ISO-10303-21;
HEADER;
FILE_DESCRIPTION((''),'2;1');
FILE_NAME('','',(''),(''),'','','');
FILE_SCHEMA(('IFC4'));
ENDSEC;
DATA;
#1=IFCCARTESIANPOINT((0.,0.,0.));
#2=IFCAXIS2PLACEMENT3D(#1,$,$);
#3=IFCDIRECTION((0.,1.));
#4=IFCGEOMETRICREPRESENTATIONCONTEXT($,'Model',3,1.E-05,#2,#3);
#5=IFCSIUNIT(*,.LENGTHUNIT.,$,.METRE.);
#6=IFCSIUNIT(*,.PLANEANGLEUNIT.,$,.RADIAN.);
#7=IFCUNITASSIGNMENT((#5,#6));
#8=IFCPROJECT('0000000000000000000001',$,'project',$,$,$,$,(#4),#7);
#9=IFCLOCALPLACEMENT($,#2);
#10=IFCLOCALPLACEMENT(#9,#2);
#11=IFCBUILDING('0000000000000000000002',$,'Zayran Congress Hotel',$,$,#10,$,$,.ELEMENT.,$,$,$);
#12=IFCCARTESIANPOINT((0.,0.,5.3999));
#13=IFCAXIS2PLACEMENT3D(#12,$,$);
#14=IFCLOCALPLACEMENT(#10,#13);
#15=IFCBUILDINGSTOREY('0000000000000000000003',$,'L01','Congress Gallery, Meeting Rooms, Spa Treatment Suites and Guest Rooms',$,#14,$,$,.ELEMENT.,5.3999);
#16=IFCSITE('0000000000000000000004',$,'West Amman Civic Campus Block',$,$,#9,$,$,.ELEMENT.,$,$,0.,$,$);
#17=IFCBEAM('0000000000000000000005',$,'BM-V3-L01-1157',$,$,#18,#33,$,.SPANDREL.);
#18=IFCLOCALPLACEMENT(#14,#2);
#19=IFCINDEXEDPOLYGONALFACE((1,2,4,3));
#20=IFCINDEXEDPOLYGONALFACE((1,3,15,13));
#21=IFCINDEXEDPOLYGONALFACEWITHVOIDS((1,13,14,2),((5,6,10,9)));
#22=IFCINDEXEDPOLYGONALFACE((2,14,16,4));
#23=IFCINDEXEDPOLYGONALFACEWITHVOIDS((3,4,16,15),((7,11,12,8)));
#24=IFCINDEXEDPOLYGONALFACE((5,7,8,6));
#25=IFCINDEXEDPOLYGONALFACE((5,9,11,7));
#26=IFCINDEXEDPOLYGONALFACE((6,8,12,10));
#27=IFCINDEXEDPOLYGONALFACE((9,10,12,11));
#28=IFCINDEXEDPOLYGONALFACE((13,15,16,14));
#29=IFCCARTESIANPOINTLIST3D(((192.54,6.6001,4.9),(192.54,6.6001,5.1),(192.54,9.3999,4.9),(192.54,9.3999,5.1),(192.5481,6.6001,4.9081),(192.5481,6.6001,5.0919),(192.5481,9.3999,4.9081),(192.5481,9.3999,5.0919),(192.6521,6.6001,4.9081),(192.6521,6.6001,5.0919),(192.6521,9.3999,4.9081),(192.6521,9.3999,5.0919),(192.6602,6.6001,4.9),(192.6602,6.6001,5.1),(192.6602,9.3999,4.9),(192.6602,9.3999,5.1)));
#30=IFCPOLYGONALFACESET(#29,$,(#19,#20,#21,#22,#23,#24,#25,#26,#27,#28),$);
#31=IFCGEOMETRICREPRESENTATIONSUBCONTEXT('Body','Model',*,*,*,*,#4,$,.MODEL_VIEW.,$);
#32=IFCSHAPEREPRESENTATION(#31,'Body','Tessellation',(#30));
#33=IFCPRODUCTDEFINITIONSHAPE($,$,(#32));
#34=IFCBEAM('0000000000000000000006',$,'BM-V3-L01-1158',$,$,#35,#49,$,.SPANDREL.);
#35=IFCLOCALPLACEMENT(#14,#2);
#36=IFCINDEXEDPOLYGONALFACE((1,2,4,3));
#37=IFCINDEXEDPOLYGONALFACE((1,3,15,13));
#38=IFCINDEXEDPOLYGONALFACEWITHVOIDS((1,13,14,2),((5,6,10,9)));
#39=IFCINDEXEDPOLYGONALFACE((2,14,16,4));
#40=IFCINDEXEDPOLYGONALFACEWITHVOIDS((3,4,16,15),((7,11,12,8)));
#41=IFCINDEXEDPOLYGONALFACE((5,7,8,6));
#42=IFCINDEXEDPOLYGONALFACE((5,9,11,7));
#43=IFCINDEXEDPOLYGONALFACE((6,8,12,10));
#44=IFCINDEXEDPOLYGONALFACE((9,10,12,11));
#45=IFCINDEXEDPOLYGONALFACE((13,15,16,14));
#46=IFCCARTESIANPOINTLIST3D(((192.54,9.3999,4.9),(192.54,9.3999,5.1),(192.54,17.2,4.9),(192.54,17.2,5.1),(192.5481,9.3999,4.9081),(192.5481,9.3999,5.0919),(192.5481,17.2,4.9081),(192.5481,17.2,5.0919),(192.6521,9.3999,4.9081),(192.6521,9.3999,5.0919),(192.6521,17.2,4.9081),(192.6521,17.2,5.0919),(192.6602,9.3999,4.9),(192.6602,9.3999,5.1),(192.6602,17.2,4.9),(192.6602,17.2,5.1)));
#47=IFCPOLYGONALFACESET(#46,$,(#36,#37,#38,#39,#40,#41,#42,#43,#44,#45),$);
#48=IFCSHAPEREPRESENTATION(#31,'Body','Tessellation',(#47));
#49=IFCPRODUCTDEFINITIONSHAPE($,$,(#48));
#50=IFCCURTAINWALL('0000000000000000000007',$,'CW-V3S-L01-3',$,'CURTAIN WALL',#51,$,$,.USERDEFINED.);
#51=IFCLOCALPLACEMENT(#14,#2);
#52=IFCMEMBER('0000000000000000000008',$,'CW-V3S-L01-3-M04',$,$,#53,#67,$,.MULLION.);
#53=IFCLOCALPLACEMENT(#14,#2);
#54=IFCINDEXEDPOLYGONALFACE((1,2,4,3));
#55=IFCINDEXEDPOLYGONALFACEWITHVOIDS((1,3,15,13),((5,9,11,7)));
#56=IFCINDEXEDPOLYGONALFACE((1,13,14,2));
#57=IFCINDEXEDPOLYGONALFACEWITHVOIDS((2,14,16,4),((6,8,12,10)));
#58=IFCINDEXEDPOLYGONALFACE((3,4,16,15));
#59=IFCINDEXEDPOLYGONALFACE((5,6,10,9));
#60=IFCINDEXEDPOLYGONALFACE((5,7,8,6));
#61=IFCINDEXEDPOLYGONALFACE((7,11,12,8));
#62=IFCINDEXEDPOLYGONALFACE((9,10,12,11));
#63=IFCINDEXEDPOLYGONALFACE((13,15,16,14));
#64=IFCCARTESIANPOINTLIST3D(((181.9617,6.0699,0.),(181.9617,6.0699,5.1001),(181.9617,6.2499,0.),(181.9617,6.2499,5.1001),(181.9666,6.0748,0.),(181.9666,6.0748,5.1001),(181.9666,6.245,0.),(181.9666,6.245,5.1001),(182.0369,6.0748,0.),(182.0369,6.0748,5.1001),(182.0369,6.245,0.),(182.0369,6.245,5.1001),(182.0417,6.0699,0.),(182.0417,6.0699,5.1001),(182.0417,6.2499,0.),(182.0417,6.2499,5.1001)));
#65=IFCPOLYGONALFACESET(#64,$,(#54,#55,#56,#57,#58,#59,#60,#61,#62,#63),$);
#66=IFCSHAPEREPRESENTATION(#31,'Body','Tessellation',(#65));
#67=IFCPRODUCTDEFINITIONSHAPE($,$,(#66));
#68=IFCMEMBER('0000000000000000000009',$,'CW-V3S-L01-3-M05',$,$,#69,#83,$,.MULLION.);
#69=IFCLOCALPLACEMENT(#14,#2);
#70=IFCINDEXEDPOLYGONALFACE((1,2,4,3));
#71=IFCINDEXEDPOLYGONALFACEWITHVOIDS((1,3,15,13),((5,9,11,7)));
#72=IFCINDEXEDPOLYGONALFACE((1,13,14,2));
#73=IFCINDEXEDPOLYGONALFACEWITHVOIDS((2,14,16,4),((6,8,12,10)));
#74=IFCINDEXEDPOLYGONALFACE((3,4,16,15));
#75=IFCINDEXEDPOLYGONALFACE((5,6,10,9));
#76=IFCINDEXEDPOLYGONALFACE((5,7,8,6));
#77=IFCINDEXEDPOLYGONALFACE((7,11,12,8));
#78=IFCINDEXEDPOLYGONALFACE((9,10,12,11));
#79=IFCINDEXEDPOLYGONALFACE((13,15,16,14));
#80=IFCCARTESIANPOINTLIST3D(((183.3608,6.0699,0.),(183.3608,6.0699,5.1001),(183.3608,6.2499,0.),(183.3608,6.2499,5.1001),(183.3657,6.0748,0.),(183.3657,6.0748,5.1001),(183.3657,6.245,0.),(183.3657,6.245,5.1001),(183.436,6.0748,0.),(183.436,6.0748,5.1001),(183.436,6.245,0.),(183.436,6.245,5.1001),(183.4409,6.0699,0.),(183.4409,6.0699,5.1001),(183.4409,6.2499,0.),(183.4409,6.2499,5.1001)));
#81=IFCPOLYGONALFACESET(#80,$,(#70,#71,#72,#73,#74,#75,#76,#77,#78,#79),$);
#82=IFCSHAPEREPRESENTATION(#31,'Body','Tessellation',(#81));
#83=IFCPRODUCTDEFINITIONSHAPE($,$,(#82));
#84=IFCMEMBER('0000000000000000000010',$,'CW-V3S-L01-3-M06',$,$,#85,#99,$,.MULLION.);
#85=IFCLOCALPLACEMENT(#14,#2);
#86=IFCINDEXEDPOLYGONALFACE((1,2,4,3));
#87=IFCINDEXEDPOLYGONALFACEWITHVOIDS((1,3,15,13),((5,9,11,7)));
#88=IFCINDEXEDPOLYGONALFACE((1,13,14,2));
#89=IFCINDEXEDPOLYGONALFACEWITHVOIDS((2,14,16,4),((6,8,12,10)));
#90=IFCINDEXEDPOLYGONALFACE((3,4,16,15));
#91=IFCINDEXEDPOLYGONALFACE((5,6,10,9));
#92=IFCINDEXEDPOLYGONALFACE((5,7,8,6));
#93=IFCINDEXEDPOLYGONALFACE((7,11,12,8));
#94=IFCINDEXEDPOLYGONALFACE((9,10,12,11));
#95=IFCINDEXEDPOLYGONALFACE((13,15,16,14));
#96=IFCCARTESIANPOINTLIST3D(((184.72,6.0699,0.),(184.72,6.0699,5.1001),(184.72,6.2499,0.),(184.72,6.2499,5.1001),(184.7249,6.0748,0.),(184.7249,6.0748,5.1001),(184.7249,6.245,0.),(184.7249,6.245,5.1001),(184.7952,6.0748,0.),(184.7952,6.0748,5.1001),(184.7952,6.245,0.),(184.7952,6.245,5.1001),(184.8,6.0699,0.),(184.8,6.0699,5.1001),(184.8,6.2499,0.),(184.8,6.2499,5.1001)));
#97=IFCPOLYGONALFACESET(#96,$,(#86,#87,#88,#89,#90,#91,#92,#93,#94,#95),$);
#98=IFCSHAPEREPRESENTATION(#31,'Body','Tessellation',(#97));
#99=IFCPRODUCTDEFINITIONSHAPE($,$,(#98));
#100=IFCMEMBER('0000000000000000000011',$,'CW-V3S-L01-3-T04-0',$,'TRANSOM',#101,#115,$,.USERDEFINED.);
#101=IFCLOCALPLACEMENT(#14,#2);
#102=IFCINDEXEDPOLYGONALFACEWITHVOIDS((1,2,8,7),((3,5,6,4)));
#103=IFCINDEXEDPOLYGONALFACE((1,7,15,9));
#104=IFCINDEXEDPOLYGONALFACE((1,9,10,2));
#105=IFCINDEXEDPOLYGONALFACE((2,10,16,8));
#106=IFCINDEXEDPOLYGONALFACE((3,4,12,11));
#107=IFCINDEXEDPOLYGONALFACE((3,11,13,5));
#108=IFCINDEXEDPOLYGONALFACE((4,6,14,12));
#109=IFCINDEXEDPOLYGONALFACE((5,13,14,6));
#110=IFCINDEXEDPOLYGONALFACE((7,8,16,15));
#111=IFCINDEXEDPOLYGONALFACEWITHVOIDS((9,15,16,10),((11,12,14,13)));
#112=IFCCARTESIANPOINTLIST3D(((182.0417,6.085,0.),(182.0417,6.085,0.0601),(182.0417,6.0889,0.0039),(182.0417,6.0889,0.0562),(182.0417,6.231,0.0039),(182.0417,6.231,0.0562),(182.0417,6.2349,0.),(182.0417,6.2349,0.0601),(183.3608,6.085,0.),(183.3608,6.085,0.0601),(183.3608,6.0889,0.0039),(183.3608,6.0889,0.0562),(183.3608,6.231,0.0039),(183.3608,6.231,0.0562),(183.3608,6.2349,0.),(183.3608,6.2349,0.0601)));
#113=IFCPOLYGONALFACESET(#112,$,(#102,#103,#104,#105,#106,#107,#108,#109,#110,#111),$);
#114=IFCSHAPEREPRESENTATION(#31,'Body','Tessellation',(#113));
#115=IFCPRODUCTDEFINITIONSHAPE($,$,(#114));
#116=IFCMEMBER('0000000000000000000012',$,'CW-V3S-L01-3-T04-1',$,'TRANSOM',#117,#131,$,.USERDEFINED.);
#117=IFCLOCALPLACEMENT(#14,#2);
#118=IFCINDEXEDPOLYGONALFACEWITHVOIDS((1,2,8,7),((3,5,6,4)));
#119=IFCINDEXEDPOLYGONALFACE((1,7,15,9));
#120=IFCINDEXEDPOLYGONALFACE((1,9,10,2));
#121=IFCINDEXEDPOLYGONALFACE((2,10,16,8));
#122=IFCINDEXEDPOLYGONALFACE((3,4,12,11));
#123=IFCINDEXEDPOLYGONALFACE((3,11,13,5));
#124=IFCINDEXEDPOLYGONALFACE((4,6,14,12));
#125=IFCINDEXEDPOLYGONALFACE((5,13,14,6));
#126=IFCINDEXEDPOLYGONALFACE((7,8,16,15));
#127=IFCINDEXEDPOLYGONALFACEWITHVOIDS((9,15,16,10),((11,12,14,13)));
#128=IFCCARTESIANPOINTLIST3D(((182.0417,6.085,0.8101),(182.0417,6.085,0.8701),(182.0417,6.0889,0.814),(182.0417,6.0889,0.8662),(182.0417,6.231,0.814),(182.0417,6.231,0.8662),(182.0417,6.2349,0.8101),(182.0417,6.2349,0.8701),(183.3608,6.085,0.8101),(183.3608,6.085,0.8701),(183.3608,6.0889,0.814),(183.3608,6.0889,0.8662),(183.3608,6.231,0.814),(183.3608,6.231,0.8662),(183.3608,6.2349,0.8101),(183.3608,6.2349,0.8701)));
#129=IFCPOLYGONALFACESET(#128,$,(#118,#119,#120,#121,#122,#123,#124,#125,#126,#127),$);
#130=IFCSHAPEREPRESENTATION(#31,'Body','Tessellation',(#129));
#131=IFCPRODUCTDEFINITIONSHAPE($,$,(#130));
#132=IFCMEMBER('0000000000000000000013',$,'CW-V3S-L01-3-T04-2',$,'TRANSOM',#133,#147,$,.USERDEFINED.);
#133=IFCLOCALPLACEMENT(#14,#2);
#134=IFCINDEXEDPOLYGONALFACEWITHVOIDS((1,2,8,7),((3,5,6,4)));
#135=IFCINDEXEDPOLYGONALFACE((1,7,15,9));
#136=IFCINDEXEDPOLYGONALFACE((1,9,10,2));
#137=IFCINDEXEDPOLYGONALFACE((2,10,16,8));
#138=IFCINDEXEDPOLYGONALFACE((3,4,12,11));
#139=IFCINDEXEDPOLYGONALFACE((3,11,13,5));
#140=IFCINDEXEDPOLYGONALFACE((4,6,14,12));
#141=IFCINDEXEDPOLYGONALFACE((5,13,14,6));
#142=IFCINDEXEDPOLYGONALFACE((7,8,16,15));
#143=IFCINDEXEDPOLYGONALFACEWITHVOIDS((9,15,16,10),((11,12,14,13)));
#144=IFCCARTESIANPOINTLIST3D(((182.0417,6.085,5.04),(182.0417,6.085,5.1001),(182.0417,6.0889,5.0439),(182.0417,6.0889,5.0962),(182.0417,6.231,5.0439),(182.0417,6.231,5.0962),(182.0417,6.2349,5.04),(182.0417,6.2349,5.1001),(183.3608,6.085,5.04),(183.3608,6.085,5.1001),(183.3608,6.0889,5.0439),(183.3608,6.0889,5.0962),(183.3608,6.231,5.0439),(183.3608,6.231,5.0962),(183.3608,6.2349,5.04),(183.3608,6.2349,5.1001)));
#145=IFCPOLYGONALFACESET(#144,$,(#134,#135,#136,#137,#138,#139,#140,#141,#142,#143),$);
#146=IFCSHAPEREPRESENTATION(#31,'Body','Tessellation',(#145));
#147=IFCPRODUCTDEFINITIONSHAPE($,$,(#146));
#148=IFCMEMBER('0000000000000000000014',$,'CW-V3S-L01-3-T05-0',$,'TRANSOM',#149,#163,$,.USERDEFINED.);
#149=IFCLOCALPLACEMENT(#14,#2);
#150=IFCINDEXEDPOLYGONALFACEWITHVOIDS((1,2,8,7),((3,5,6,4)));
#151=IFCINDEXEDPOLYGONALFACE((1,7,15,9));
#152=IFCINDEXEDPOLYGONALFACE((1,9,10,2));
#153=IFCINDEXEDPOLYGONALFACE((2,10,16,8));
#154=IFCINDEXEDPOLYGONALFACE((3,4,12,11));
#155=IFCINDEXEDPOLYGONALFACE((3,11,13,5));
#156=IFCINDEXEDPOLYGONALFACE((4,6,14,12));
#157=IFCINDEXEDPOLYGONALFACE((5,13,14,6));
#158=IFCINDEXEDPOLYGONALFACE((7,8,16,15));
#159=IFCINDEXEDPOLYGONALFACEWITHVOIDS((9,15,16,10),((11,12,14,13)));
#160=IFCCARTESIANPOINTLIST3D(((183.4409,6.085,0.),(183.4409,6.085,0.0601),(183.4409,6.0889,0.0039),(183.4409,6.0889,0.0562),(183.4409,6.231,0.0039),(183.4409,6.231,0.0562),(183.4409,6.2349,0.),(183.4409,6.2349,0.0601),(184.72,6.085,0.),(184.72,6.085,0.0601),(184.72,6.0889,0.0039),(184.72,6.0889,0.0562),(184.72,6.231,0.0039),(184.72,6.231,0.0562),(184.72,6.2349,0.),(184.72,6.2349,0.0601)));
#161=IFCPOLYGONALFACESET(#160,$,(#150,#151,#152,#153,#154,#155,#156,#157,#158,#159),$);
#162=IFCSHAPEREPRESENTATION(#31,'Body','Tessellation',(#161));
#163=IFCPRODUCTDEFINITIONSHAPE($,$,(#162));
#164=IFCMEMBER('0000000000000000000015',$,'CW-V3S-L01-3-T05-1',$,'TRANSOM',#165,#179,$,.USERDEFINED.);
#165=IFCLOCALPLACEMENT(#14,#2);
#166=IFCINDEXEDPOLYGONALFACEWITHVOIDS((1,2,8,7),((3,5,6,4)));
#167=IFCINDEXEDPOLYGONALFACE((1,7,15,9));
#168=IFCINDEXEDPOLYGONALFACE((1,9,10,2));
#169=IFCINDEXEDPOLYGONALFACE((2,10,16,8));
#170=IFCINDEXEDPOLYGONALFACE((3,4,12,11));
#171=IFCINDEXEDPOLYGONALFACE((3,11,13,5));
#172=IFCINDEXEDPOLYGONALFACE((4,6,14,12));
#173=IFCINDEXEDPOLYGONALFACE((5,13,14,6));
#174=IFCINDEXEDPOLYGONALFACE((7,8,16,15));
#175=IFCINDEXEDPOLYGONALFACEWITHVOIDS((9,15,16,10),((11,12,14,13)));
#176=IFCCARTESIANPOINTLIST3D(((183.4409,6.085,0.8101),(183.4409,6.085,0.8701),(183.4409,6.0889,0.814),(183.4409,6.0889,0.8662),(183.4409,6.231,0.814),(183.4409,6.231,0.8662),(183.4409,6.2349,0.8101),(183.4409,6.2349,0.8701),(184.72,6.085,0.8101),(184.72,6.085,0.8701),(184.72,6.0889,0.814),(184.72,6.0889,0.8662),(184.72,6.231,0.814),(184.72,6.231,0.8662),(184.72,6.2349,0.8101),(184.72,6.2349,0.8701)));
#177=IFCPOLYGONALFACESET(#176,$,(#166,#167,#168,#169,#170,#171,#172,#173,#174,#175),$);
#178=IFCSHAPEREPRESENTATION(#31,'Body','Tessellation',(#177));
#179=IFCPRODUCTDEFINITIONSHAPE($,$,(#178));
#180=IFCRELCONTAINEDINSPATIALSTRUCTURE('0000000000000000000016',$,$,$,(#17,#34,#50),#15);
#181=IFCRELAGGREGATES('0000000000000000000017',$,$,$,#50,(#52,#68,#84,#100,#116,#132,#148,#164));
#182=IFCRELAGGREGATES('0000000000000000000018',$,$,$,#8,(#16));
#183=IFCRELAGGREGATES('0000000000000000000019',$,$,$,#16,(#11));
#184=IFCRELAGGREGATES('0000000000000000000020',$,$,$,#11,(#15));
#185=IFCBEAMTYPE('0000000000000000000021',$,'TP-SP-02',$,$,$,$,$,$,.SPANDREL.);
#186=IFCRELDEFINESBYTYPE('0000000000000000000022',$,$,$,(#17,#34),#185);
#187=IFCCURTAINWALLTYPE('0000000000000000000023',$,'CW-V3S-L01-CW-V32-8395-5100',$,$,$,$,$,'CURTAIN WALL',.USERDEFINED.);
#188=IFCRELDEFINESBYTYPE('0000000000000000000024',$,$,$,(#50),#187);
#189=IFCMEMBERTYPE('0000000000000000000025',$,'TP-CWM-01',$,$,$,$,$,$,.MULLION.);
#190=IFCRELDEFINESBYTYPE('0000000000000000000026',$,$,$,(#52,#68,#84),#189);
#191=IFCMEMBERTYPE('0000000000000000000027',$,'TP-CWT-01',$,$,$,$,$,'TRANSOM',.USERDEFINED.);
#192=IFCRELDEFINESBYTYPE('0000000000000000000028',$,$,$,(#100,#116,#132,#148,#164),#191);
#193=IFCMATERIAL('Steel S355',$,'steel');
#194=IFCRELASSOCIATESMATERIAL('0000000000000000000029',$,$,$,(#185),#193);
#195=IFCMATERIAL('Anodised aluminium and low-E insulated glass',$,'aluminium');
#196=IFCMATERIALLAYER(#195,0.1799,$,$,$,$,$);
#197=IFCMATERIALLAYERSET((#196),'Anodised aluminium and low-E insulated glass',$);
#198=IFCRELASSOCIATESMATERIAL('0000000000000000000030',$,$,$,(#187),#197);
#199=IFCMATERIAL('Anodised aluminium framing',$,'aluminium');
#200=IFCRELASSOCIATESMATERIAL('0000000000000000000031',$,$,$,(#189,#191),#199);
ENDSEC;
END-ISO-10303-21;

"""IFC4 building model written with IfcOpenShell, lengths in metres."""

from ifc_helpers import new_model, si_unit, direction, frame, origin, origin_2d, place, context, subcontext, project, spatial, hollow_rectangle, extrude, material, layer, layer_set, material_profile, profile_set, type_object, element, aggregate, save


model = new_model("IFC4")

# Units and contexts
model_context = context("Model", 3, precision=1e-05, world=origin(), true_north=direction((0.0, 1.0)))
body_context = subcontext(model_context, "Body", "Model", "MODEL_VIEW")
ifc_project = project(units=[si_unit("LENGTHUNIT", "METRE"), si_unit("PLANEANGLEUNIT", "RADIAN")], contexts=[model_context])

# Site, building, storey
site_placement = place(None, origin())
site = spatial("IfcSite", under=ifc_project, at=site_placement, Name="West Amman Civic Campus Block", CompositionType="ELEMENT", RefElevation=0.0)
building_placement = place(site_placement, origin())
building = spatial("IfcBuilding", under=site, at=building_placement, Name="Zayran Congress Hotel", CompositionType="ELEMENT")
storey_placement = place(building_placement, frame((0.0, 0.0, 5.3999)))
storey = spatial("IfcBuildingStorey", under=building, at=storey_placement, Name="L01", Description="Congress Gallery, Meeting Rooms, Spa Treatment Suites and Guest Rooms", CompositionType="ELEMENT", Elevation=5.3999)

# Shared definitions
ifc_material_1 = material(Name="Steel S355", Category="steel")

# Beams
ifc_material_profile_1 = material_profile(ifc_material_1, hollow_rectangle(XDim=0.1201, YDim=0.2, WallThickness=0.0081, at=origin_2d()), Name="RHS 200x120x8")
ifc_profile_set_1 = profile_set([ifc_material_profile_1], Name="Steel S355")
beam_type_1 = type_object("IfcBeamType", Name="TP-SP-02", PredefinedType="SPANDREL", material=ifc_profile_set_1)
beam_1_placement = place(storey_placement, frame((192.6001, 6.6001, 5.0), z_axis=(0.0, 1.0, 0.0), x_axis=(-1.0, 0.0, 0.0)))
element("IfcBeam", 1, at=beam_1_placement, inside=storey, type_object=beam_type_1, Name="BM-V3-L01-1157", PredefinedType="SPANDREL", context=body_context, shape_type="SweptSolid", body=[
    extrude(hollow_rectangle(XDim=0.1201, YDim=0.2, WallThickness=0.0081, at=origin_2d()), origin(), (0.0, 0.0, 1.0), 2.7998),
])
beam_2_placement = place(storey_placement, frame((192.6001, 9.3999, 5.0), z_axis=(0.0, 1.0, 0.0), x_axis=(-1.0, 0.0, 0.0)))
element("IfcBeam", 2, at=beam_2_placement, inside=storey, type_object=beam_type_1, Name="BM-V3-L01-1158", PredefinedType="SPANDREL", context=body_context, shape_type="SweptSolid", body=[
    extrude(hollow_rectangle(XDim=0.1201, YDim=0.2, WallThickness=0.0081, at=origin_2d()), origin(), (0.0, 0.0, 1.0), 7.8),
])

# Curtain wall, members
ifc_material_2 = material(Name="Anodised aluminium and low-E insulated glass", Category="aluminium")
ifc_layer_1 = layer(ifc_material_2, 0.1799)
ifc_layer_set_1 = layer_set([ifc_layer_1], Name="Anodised aluminium and low-E insulated glass")
curtain_wall_type = type_object("IfcCurtainWallType", Name="CW-V3S-L01-CW-V32-8395-5100", ElementType="CURTAIN WALL", PredefinedType="USERDEFINED", material=ifc_layer_set_1)
curtain_wall_placement = place(storey_placement, origin())
curtain_wall = element("IfcCurtainWall", 3, at=curtain_wall_placement, inside=storey, type_object=curtain_wall_type, Name="CW-V3S-L01-3", ObjectType="CURTAIN WALL", PredefinedType="USERDEFINED")
ifc_material_3 = material(Name="Anodised aluminium framing", Category="aluminium")
ifc_material_profile_2 = material_profile(ifc_material_3, hollow_rectangle(XDim=0.0801, YDim=0.1799, WallThickness=0.0049, at=origin_2d()), Name="RHS 180x80x5")
ifc_profile_set_2 = profile_set([ifc_material_profile_2], Name="Anodised aluminium framing")
member_type_1 = type_object("IfcMemberType", Name="TP-CWM-01", PredefinedType="MULLION", material=ifc_profile_set_2)
member_1_placement = place(storey_placement, frame((182.0017, 6.1599, 0.0), z_axis=(0.0, 0.0, 1.0), x_axis=(1.0, 0.0, 0.0)))
member_1 = element("IfcMember", 4, at=member_1_placement, type_object=member_type_1, Name="CW-V3S-L01-3-M04", PredefinedType="MULLION", context=body_context, shape_type="SweptSolid", body=[
    extrude(hollow_rectangle(XDim=0.0801, YDim=0.1799, WallThickness=0.0049, at=origin_2d()), origin(), (0.0, 0.0, 1.0), 5.1001),
])
member_2_placement = place(storey_placement, frame((183.4009, 6.1599, 0.0), z_axis=(0.0, 0.0, 1.0), x_axis=(1.0, 0.0, 0.0)))
member_2 = element("IfcMember", 5, at=member_2_placement, type_object=member_type_1, Name="CW-V3S-L01-3-M05", PredefinedType="MULLION", context=body_context, shape_type="SweptSolid", body=[
    extrude(hollow_rectangle(XDim=0.0801, YDim=0.1799, WallThickness=0.0049, at=origin_2d()), origin(), (0.0, 0.0, 1.0), 5.1001),
])
member_3_placement = place(storey_placement, frame((184.76, 6.1599, 0.0), z_axis=(0.0, 0.0, 1.0), x_axis=(1.0, 0.0, 0.0)))
member_3 = element("IfcMember", 6, at=member_3_placement, type_object=member_type_1, Name="CW-V3S-L01-3-M06", PredefinedType="MULLION", context=body_context, shape_type="SweptSolid", body=[
    extrude(hollow_rectangle(XDim=0.0801, YDim=0.1799, WallThickness=0.0049, at=origin_2d()), origin(), (0.0, 0.0, 1.0), 5.1001),
])
ifc_material_profile_3 = material_profile(ifc_material_3, hollow_rectangle(XDim=0.0601, YDim=0.1499, WallThickness=0.0039, at=origin_2d()), Name="RHS 150x60x4")
ifc_profile_set_3 = profile_set([ifc_material_profile_3], Name="Anodised aluminium framing")
member_type_2 = type_object("IfcMemberType", Name="TP-CWT-01", ElementType="TRANSOM", PredefinedType="USERDEFINED", material=ifc_profile_set_3)
member_4_placement = place(storey_placement, frame((182.0417, 6.1599, 0.03), z_axis=(1.0, 0.0, 0.0), x_axis=(0.0, 0.0, 1.0)))
member_4 = element("IfcMember", 7, at=member_4_placement, type_object=member_type_2, Name="CW-V3S-L01-3-T04-0", ObjectType="TRANSOM", PredefinedType="USERDEFINED", context=body_context, shape_type="SweptSolid", body=[
    extrude(hollow_rectangle(XDim=0.0601, YDim=0.1499, WallThickness=0.0039, at=origin_2d()), origin(), (0.0, 0.0, 1.0), 1.3191),
])
member_5_placement = place(storey_placement, frame((182.0417, 6.1599, 0.8401), z_axis=(1.0, 0.0, 0.0), x_axis=(0.0, 0.0, 1.0)))
member_5 = element("IfcMember", 8, at=member_5_placement, type_object=member_type_2, Name="CW-V3S-L01-3-T04-1", ObjectType="TRANSOM", PredefinedType="USERDEFINED", context=body_context, shape_type="SweptSolid", body=[
    extrude(hollow_rectangle(XDim=0.0601, YDim=0.1499, WallThickness=0.0039, at=origin_2d()), origin(), (0.0, 0.0, 1.0), 1.3191),
])
member_6_placement = place(storey_placement, frame((182.0417, 6.1599, 5.0701), z_axis=(1.0, 0.0, 0.0), x_axis=(0.0, 0.0, 1.0)))
member_6 = element("IfcMember", 9, at=member_6_placement, type_object=member_type_2, Name="CW-V3S-L01-3-T04-2", ObjectType="TRANSOM", PredefinedType="USERDEFINED", context=body_context, shape_type="SweptSolid", body=[
    extrude(hollow_rectangle(XDim=0.0601, YDim=0.1499, WallThickness=0.0039, at=origin_2d()), origin(), (0.0, 0.0, 1.0), 1.3191),
])
member_7_placement = place(storey_placement, frame((183.4409, 6.1599, 0.03), z_axis=(1.0, 0.0, 0.0), x_axis=(0.0, 0.0, 1.0)))
member_7 = element("IfcMember", 10, at=member_7_placement, type_object=member_type_2, Name="CW-V3S-L01-3-T05-0", ObjectType="TRANSOM", PredefinedType="USERDEFINED", context=body_context, shape_type="SweptSolid", body=[
    extrude(hollow_rectangle(XDim=0.0601, YDim=0.1499, WallThickness=0.0039, at=origin_2d()), origin(), (0.0, 0.0, 1.0), 1.2791),
])
member_8_placement = place(storey_placement, frame((183.4409, 6.1599, 0.8401), z_axis=(1.0, 0.0, 0.0), x_axis=(0.0, 0.0, 1.0)))
member_8 = element("IfcMember", 11, at=member_8_placement, type_object=member_type_2, Name="CW-V3S-L01-3-T05-1", ObjectType="TRANSOM", PredefinedType="USERDEFINED", context=body_context, shape_type="SweptSolid", body=[
    extrude(hollow_rectangle(XDim=0.0601, YDim=0.1499, WallThickness=0.0039, at=origin_2d()), origin(), (0.0, 0.0, 1.0), 1.2791),
])

aggregate(curtain_wall, [member_1, member_2, member_3, member_4, member_5, member_6, member_7, member_8])

save(model, "model.ifc")
